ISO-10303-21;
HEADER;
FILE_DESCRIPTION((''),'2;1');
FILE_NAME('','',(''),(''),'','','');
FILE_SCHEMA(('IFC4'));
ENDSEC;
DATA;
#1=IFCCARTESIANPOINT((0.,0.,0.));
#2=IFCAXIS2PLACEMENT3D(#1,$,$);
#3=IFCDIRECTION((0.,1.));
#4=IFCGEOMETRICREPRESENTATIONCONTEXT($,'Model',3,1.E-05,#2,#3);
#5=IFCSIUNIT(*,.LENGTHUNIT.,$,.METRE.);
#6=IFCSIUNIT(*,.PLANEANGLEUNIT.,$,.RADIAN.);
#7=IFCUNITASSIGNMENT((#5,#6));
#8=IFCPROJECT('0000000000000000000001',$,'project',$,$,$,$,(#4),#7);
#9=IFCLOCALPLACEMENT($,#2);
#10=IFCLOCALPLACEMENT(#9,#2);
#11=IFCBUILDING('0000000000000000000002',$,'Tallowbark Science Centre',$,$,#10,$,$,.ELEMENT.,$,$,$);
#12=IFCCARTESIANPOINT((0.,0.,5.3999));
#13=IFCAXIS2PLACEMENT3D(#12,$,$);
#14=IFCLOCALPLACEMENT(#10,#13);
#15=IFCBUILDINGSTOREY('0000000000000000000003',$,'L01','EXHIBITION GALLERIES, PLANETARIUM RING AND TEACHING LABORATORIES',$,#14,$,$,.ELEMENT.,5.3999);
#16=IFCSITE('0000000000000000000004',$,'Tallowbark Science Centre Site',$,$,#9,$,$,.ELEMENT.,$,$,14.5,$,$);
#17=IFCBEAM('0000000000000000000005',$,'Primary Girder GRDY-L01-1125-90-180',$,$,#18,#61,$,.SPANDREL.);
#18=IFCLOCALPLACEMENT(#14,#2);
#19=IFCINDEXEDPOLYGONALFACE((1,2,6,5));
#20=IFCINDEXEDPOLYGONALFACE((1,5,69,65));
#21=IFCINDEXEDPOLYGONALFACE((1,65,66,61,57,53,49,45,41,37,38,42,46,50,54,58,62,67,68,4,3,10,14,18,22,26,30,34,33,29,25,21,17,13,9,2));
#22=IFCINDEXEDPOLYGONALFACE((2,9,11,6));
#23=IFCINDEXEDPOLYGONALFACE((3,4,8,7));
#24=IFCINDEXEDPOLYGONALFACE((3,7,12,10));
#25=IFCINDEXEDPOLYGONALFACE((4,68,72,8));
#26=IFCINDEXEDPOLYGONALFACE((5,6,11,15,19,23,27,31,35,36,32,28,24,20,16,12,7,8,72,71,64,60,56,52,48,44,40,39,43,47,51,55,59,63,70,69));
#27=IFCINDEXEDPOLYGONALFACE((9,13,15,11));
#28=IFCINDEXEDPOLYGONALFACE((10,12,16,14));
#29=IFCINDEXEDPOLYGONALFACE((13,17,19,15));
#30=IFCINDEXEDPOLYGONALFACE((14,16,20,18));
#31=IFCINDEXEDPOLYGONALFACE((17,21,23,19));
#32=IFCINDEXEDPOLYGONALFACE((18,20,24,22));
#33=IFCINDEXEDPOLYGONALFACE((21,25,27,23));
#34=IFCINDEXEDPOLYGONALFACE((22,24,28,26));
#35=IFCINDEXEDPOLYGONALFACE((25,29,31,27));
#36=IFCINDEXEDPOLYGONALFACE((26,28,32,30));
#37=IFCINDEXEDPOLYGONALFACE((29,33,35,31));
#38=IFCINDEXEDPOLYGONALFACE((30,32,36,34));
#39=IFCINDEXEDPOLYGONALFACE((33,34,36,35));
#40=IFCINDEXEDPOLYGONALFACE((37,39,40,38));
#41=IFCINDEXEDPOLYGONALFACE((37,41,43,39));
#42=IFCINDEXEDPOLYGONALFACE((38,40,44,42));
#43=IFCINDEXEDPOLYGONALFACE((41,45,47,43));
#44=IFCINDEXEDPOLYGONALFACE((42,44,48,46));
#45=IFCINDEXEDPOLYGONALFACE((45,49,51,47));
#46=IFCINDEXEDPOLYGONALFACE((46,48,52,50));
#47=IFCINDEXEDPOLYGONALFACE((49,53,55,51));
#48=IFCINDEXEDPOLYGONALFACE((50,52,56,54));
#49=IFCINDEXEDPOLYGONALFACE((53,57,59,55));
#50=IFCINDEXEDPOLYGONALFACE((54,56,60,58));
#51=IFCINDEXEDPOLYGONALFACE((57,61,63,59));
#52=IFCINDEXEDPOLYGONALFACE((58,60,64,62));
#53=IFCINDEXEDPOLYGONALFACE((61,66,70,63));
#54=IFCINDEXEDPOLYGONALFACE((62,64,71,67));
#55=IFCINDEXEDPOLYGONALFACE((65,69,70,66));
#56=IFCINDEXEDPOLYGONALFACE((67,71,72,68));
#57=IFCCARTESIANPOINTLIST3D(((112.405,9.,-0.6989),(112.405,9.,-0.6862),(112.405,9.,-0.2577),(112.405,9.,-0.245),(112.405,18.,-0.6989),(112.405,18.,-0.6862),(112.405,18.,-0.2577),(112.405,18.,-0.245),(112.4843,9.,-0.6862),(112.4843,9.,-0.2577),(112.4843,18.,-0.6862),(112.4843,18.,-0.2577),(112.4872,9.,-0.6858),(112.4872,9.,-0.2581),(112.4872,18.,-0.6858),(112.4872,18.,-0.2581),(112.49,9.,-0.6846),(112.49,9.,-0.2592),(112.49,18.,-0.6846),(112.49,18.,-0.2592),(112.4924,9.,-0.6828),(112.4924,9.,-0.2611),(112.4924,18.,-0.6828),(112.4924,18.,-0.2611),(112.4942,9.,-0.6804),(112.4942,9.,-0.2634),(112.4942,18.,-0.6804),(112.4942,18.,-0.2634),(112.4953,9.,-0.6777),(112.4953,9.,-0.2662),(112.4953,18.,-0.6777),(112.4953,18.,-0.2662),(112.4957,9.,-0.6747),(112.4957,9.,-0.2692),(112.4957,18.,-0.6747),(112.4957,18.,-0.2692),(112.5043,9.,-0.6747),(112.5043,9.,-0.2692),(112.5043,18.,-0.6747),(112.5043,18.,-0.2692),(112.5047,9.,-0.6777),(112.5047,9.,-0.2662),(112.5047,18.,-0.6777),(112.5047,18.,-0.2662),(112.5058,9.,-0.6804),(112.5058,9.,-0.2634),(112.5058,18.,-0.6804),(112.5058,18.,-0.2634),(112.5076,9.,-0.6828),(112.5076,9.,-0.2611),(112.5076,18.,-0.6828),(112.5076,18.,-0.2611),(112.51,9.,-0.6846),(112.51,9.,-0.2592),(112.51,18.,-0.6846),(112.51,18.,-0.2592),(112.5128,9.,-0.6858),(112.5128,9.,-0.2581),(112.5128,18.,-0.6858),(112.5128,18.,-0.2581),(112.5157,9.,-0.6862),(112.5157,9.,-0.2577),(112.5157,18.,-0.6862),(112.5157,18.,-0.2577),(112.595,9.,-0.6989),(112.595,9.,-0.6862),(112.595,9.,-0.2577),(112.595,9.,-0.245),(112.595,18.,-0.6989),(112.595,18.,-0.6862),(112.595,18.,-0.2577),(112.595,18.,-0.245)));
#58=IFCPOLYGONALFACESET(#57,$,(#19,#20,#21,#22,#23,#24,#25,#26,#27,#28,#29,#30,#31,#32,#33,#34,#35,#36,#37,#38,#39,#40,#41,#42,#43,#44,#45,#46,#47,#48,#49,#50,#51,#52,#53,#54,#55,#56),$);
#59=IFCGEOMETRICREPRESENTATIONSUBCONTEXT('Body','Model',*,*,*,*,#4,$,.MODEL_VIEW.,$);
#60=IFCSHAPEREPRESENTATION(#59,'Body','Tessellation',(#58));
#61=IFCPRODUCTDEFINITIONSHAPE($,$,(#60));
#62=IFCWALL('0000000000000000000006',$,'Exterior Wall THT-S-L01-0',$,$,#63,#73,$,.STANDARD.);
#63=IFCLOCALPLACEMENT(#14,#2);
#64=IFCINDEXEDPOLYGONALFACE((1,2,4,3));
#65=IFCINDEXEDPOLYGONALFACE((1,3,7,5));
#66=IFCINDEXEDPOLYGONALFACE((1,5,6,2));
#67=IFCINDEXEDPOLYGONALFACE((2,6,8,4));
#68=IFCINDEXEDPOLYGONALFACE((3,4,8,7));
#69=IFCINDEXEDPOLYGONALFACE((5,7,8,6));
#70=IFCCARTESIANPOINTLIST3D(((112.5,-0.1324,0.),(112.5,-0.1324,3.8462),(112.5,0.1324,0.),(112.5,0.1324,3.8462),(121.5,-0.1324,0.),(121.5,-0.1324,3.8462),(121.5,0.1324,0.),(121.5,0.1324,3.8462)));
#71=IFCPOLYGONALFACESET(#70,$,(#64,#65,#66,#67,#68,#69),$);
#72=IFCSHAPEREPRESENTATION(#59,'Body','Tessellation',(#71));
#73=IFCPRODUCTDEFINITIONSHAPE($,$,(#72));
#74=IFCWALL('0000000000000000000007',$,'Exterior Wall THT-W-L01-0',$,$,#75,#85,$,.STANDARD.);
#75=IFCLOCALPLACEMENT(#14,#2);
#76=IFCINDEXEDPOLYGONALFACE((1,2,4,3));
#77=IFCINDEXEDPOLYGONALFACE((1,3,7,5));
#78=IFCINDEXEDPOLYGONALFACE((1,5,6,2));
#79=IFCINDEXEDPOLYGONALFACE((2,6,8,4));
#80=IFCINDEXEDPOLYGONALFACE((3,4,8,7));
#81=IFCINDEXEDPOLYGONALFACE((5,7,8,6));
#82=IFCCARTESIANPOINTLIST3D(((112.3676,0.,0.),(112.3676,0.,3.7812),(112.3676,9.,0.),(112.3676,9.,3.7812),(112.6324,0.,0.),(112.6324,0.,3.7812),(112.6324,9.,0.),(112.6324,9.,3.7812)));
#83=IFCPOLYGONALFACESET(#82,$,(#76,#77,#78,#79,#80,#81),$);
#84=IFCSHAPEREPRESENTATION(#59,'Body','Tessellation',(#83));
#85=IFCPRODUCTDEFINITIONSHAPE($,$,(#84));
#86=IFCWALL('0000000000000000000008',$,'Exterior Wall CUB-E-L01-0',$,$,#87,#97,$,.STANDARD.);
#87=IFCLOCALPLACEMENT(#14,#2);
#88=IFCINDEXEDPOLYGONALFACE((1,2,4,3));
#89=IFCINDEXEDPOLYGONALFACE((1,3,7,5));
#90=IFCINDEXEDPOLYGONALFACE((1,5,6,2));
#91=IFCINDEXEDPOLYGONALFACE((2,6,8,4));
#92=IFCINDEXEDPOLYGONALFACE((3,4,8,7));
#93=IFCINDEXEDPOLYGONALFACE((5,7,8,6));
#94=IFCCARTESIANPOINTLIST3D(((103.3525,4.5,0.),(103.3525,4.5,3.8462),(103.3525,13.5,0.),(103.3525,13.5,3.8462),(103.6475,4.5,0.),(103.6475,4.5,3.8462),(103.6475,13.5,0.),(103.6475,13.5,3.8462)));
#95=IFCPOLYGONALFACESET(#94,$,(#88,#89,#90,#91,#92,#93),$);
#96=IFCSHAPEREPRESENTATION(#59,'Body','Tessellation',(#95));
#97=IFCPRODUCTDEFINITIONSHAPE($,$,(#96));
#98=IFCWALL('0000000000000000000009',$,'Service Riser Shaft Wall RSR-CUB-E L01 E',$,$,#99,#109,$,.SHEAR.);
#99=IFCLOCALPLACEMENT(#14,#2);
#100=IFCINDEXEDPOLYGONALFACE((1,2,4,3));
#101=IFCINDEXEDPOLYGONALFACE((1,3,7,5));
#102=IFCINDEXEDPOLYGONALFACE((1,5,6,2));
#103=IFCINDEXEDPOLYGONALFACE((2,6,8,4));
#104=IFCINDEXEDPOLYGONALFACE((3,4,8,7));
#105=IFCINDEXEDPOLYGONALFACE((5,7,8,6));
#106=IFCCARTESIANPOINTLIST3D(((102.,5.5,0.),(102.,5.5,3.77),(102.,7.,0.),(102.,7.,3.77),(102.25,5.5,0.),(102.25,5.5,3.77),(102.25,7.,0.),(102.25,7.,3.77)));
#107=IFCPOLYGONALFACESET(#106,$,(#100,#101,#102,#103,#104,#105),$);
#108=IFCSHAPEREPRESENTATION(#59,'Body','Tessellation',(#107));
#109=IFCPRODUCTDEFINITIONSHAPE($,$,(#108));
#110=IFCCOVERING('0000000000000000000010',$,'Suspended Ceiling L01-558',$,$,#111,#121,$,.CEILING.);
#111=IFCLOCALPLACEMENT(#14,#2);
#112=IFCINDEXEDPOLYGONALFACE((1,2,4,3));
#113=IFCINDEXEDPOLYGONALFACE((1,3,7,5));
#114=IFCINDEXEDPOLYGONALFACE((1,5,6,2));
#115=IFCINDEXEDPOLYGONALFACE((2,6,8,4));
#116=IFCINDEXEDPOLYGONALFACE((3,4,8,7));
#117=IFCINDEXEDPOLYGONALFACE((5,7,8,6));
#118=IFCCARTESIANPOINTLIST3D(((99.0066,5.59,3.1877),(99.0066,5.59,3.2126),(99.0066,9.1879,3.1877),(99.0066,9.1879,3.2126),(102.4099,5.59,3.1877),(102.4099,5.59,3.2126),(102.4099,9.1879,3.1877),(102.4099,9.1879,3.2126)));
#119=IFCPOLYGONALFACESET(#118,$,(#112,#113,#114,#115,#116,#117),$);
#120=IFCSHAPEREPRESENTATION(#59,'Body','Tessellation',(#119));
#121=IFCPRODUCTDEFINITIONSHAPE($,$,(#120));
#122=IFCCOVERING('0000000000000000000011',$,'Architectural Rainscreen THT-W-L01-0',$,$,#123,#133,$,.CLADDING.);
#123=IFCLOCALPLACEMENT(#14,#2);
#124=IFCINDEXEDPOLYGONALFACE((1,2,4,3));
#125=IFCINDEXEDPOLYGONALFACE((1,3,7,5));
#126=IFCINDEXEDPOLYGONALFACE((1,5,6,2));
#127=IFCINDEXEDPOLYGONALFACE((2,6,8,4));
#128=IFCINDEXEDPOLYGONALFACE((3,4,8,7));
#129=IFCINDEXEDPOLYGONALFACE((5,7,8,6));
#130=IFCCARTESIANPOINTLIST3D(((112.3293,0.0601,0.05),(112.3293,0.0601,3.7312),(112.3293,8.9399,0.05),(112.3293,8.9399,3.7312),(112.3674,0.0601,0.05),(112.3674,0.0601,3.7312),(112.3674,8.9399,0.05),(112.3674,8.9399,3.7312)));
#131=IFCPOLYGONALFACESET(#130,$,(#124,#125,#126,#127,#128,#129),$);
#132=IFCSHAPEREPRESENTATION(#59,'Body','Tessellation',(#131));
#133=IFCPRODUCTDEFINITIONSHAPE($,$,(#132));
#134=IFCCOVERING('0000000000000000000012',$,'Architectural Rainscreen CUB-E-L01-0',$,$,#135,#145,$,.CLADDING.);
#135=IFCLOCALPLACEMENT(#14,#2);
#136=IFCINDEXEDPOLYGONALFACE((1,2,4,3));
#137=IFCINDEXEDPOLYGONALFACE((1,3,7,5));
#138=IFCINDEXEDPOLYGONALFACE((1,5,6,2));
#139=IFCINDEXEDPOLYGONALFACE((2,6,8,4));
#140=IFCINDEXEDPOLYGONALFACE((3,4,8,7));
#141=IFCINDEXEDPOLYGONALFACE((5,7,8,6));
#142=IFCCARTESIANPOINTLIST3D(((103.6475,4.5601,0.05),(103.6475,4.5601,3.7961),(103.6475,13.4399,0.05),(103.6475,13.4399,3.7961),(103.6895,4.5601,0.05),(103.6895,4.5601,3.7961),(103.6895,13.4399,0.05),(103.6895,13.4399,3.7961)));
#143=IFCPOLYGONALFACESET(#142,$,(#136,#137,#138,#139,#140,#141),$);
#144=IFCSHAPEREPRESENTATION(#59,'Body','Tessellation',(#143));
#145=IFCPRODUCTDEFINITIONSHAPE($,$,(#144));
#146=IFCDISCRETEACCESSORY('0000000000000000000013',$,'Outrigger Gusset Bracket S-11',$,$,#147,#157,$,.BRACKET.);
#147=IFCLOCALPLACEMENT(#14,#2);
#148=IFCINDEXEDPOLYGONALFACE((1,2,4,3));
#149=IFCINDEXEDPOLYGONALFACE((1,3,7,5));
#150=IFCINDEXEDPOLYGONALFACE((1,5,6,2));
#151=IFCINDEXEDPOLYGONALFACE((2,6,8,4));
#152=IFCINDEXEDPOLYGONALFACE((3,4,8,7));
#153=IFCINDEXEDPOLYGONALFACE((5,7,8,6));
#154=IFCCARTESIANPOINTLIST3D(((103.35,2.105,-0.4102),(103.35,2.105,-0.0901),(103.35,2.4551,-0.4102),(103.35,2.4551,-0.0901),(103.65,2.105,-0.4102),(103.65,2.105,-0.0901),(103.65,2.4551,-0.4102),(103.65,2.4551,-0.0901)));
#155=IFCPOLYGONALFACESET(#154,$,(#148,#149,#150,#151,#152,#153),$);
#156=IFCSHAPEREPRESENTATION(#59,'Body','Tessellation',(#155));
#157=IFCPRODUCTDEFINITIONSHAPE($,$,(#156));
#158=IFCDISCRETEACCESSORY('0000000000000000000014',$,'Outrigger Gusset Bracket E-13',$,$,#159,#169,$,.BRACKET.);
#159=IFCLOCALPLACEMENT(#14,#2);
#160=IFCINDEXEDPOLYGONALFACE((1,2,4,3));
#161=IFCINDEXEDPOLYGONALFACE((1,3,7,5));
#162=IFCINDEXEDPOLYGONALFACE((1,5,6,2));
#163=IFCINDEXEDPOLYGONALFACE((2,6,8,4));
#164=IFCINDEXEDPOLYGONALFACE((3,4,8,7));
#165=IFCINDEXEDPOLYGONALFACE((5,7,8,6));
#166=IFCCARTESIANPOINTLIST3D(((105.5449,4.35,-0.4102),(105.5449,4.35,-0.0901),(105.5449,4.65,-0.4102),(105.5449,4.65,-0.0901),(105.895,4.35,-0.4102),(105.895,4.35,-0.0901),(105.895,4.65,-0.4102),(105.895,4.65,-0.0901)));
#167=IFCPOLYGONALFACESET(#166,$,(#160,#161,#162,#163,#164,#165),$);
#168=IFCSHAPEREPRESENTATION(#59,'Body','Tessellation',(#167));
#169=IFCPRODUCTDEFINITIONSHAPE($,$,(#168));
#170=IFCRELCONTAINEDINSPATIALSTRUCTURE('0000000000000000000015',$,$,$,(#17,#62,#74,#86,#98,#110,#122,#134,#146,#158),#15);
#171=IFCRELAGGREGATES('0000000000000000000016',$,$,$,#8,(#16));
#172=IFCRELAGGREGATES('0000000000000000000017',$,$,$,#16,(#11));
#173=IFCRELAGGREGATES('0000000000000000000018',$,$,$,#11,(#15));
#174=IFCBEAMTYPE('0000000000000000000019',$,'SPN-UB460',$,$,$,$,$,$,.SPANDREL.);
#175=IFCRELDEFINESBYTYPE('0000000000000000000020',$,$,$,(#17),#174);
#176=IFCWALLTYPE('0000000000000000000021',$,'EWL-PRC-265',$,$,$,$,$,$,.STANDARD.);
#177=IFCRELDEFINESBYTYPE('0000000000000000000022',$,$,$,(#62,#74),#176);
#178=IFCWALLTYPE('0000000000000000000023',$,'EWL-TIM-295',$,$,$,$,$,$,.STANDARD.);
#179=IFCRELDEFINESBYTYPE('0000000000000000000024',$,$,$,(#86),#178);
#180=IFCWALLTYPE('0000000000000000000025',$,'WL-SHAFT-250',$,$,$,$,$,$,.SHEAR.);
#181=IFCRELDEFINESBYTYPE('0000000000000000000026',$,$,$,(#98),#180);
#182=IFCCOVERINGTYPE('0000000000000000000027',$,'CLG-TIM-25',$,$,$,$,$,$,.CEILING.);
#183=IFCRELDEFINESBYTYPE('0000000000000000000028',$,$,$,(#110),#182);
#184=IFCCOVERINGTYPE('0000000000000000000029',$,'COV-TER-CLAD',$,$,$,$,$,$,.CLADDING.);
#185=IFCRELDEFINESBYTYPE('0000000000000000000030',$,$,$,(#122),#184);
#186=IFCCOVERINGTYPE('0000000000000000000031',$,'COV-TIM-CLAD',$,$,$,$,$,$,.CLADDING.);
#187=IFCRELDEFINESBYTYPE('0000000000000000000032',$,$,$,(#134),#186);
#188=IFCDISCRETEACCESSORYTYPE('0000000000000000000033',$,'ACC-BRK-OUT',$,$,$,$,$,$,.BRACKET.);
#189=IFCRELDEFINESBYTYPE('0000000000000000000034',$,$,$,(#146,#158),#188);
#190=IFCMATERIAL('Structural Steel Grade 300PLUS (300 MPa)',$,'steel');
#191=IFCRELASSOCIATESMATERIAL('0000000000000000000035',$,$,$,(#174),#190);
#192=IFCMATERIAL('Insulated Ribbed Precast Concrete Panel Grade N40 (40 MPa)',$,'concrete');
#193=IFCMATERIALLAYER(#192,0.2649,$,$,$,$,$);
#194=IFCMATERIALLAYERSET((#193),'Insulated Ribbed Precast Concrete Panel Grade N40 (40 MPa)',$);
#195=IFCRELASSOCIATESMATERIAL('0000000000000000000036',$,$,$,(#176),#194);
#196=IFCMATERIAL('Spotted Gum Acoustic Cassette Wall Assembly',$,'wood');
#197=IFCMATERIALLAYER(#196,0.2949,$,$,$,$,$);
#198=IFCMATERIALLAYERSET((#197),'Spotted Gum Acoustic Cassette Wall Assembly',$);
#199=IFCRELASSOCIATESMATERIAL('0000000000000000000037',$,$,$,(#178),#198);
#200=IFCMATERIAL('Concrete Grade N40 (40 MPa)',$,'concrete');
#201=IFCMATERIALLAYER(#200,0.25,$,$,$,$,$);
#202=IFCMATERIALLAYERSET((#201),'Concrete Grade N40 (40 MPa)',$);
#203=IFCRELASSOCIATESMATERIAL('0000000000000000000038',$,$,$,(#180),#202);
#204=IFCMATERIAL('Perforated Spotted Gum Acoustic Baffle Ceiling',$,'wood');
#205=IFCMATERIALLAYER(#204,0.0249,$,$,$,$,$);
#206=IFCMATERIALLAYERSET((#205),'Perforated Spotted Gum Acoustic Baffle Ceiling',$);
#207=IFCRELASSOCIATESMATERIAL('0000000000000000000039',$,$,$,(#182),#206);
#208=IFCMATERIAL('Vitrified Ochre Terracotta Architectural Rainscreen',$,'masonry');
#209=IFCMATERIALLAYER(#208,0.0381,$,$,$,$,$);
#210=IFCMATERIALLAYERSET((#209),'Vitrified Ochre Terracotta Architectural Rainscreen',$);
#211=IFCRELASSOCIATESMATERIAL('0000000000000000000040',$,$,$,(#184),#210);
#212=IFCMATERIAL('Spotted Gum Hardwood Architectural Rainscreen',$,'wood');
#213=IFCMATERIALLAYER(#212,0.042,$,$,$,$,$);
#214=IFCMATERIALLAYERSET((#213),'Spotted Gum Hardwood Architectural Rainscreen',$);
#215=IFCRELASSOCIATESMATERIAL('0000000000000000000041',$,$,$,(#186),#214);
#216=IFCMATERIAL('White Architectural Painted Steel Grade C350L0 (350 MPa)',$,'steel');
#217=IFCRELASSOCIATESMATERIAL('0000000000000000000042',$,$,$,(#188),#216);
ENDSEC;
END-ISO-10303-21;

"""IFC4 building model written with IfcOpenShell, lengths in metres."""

from ifc_helpers import new_model, si_unit, direction, frame, frame_2d, origin, origin_2d, place, context, subcontext, project, spatial, rectangle, i_section, extrude, material, layer, layer_set, material_profile, profile_set, type_object, element, save


model = new_model("IFC4")

# Units and contexts
model_context = context("Model", 3, precision=1e-05, world=origin(), true_north=direction((0.0, 1.0)))
body_context = subcontext(model_context, "Body", "Model", "MODEL_VIEW")
ifc_project = project(units=[si_unit("LENGTHUNIT", "METRE"), si_unit("PLANEANGLEUNIT", "RADIAN")], contexts=[model_context])

# Site, building, storey
site_placement = place(None, origin())
site = spatial("IfcSite", under=ifc_project, at=site_placement, Name="Tallowbark Science Centre Site", CompositionType="ELEMENT", RefElevation=14.5)
building_placement = place(site_placement, origin())
building = spatial("IfcBuilding", under=site, at=building_placement, Name="Tallowbark Science Centre", CompositionType="ELEMENT")
storey_placement = place(building_placement, frame((0.0, 0.0, 5.3999)))
storey = spatial("IfcBuildingStorey", under=building, at=storey_placement, Name="L01", Description="EXHIBITION GALLERIES, PLANETARIUM RING AND TEACHING LABORATORIES", CompositionType="ELEMENT", Elevation=5.3999)

# Shared definitions
ifc_material_1 = material(Name="White Architectural Painted Steel Grade C350L0 (350 MPa)", Category="steel")
ifc_material_2 = material(Name="Structural Steel Grade 300PLUS (300 MPa)", Category="steel")

# Beam
ifc_material_profile_1 = material_profile(ifc_material_2, i_section(OverallWidth=0.1899, OverallDepth=0.4539, WebThickness=0.0085, FlangeThickness=0.0127, FilletRadius=0.0115, at=origin_2d()), Name="460UB67.1")
ifc_profile_set_1 = profile_set([ifc_material_profile_1], Name="Structural Steel Grade 300PLUS (300 MPa)")
beam_type_1 = type_object("IfcBeamType", Name="SPN-UB460", PredefinedType="SPANDREL", material=ifc_profile_set_1)
for number, where, z_axis, x_axis, name in (
    (1, (112.5, 9.0, -0.4719), (0.0, 1.0, 0.0), (-1.0, 0.0, 0.0), "Primary Girder GRDY-L01-1125-90-180"),
):
    element("IfcBeam", number, at=place(storey_placement, frame(where, z_axis=z_axis, x_axis=x_axis)), inside=storey, type_object=beam_type_1, Name=name, PredefinedType="SPANDREL", context=body_context, shape_type="SweptSolid", body=[
        extrude(i_section(OverallWidth=0.1899, OverallDepth=0.4539, WebThickness=0.0085, FlangeThickness=0.0127, FilletRadius=0.0115, at=origin_2d()), origin(), (0.0, 0.0, 1.0), 9.0),
    ])

# Walls
ifc_material_3 = material(Name="Insulated Ribbed Precast Concrete Panel Grade N40 (40 MPa)", Category="concrete")
ifc_layer_1 = layer(ifc_material_3, 0.2649)
ifc_layer_set_1 = layer_set([ifc_layer_1], Name="Insulated Ribbed Precast Concrete Panel Grade N40 (40 MPa)")
wall_type_1 = type_object("IfcWallType", Name="EWL-PRC-265", PredefinedType="STANDARD", material=ifc_layer_set_1)
wall_1_placement = place(storey_placement, frame((112.5, 0.0, 0.0), z_axis=(0.0, 0.0, 1.0), x_axis=(1.0, 0.0, 0.0)))
element("IfcWall", 2, at=wall_1_placement, inside=storey, type_object=wall_type_1, Name="Exterior Wall THT-S-L01-0", PredefinedType="STANDARD", context=body_context, shape_type="SweptSolid", body=[
    extrude(rectangle(XDim=9.0, YDim=0.2649, at=frame_2d((4.5, 0.0))), origin(), (0.0, 0.0, 1.0), 3.8462),
])
wall_2_placement = place(storey_placement, frame((112.5, 9.0, 0.0), z_axis=(0.0, 0.0, 1.0), x_axis=(0.0, -1.0, 0.0)))
element("IfcWall", 3, at=wall_2_placement, inside=storey, type_object=wall_type_1, Name="Exterior Wall THT-W-L01-0", PredefinedType="STANDARD", context=body_context, shape_type="SweptSolid", body=[
    extrude(rectangle(XDim=9.0, YDim=0.2649, at=frame_2d((4.5, 0.0))), origin(), (0.0, 0.0, 1.0), 3.7812),
])
ifc_material_4 = material(Name="Spotted Gum Acoustic Cassette Wall Assembly", Category="wood")
ifc_layer_2 = layer(ifc_material_4, 0.2949)
ifc_layer_set_2 = layer_set([ifc_layer_2], Name="Spotted Gum Acoustic Cassette Wall Assembly")
wall_type_2 = type_object("IfcWallType", Name="EWL-TIM-295", PredefinedType="STANDARD", material=ifc_layer_set_2)
wall_3_placement = place(storey_placement, frame((103.5, 4.5, 0.0), z_axis=(0.0, 0.0, 1.0), x_axis=(0.0, 1.0, 0.0)))
element("IfcWall", 4, at=wall_3_placement, inside=storey, type_object=wall_type_2, Name="Exterior Wall CUB-E-L01-0", PredefinedType="STANDARD", context=body_context, shape_type="SweptSolid", body=[
    extrude(rectangle(XDim=9.0, YDim=0.2949, at=frame_2d((4.5, 0.0))), origin(), (0.0, 0.0, 1.0), 3.8462),
])
ifc_material_5 = material(Name="Concrete Grade N40 (40 MPa)", Category="concrete")
ifc_layer_3 = layer(ifc_material_5, 0.25)
ifc_layer_set_3 = layer_set([ifc_layer_3], Name="Concrete Grade N40 (40 MPa)")
wall_type_3 = type_object("IfcWallType", Name="WL-SHAFT-250", PredefinedType="SHEAR", material=ifc_layer_set_3)
wall_4_placement = place(storey_placement, frame((102.125, 5.5, 0.0), z_axis=(0.0, 0.0, 1.0), x_axis=(0.0, 1.0, 0.0)))
element("IfcWall", 5, at=wall_4_placement, inside=storey, type_object=wall_type_3, Name="Service Riser Shaft Wall RSR-CUB-E L01 E", PredefinedType="SHEAR", context=body_context, shape_type="SweptSolid", body=[
    extrude(rectangle(XDim=1.5, YDim=0.25, at=frame_2d((0.75, 0.0))), origin(), (0.0, 0.0, 1.0), 3.77),
])

# Coverings
ifc_material_6 = material(Name="Perforated Spotted Gum Acoustic Baffle Ceiling", Category="wood")
ifc_layer_4 = layer(ifc_material_6, 0.0249)
ifc_layer_set_4 = layer_set([ifc_layer_4], Name="Perforated Spotted Gum Acoustic Baffle Ceiling")
covering_type_1 = type_object("IfcCoveringType", Name="CLG-TIM-25", PredefinedType="CEILING", material=ifc_layer_set_4)
covering_1_placement = place(storey_placement, frame((100.7083, 7.3889, 3.1877), z_axis=(0.0, 0.0, 1.0), x_axis=(1.0, 0.0, 0.0)))
element("IfcCovering", 6, at=covering_1_placement, inside=storey, type_object=covering_type_1, Name="Suspended Ceiling L01-558", PredefinedType="CEILING", context=body_context, shape_type="SweptSolid", body=[
    extrude(rectangle(XDim=3.4033, YDim=3.5979, at=origin_2d()), origin(), (0.0, 0.0, 1.0), 0.0249),
])
ifc_material_7 = material(Name="Vitrified Ochre Terracotta Architectural Rainscreen", Category="masonry")
ifc_layer_5 = layer(ifc_material_7, 0.0381)
ifc_layer_set_5 = layer_set([ifc_layer_5], Name="Vitrified Ochre Terracotta Architectural Rainscreen")
covering_type_2 = type_object("IfcCoveringType", Name="COV-TER-CLAD", PredefinedType="CLADDING", material=ifc_layer_set_5)
covering_2_placement = place(storey_placement, frame((112.3484, 4.5, 0.05), z_axis=(0.0, 0.0, 1.0), x_axis=(0.0, -1.0, 0.0)))
element("IfcCovering", 7, at=covering_2_placement, inside=storey, type_object=covering_type_2, Name="Architectural Rainscreen THT-W-L01-0", PredefinedType="CLADDING", context=body_context, shape_type="SweptSolid", body=[
    extrude(rectangle(XDim=8.8799, YDim=0.0381, at=origin_2d()), origin(), (0.0, 0.0, 1.0), 3.6812),
])
ifc_material_8 = material(Name="Spotted Gum Hardwood Architectural Rainscreen", Category="wood")
ifc_layer_6 = layer(ifc_material_8, 0.042)
ifc_layer_set_6 = layer_set([ifc_layer_6], Name="Spotted Gum Hardwood Architectural Rainscreen")
covering_type_3 = type_object("IfcCoveringType", Name="COV-TIM-CLAD", PredefinedType="CLADDING", material=ifc_layer_set_6)
covering_3_placement = place(storey_placement, frame((103.6685, 9.0, 0.05), z_axis=(0.0, 0.0, 1.0), x_axis=(0.0, 1.0, 0.0)))
element("IfcCovering", 8, at=covering_3_placement, inside=storey, type_object=covering_type_3, Name="Architectural Rainscreen CUB-E-L01-0", PredefinedType="CLADDING", context=body_context, shape_type="SweptSolid", body=[
    extrude(rectangle(XDim=8.8799, YDim=0.042, at=origin_2d()), origin(), (0.0, 0.0, 1.0), 3.7461),
])

# Discrete accessories
discrete_accessory_type_1 = type_object("IfcDiscreteAccessoryType", Name="ACC-BRK-OUT", PredefinedType="BRACKET", material=ifc_material_1)
discrete_accessory_1_placement = place(storey_placement, frame((103.5, 2.28, -0.4102), z_axis=(0.0, 0.0, 1.0), x_axis=(1.0, 0.0, 0.0)))
element("IfcDiscreteAccessory", 9, at=discrete_accessory_1_placement, inside=storey, type_object=discrete_accessory_type_1, Name="Outrigger Gusset Bracket S-11", PredefinedType="BRACKET", context=body_context, shape_type="SweptSolid", body=[
    extrude(rectangle(XDim=0.3, YDim=0.3501, at=origin_2d()), origin(), (0.0, 0.0, 1.0), 0.3201),
])
discrete_accessory_2_placement = place(storey_placement, frame((105.72, 4.5, -0.4102), z_axis=(0.0, 0.0, 1.0), x_axis=(1.0, 0.0, 0.0)))
element("IfcDiscreteAccessory", 10, at=discrete_accessory_2_placement, inside=storey, type_object=discrete_accessory_type_1, Name="Outrigger Gusset Bracket E-13", PredefinedType="BRACKET", context=body_context, shape_type="SweptSolid", body=[
    extrude(rectangle(XDim=0.3501, YDim=0.3, at=origin_2d()), origin(), (0.0, 0.0, 1.0), 0.3201),
])

save(model, "model.ifc")
